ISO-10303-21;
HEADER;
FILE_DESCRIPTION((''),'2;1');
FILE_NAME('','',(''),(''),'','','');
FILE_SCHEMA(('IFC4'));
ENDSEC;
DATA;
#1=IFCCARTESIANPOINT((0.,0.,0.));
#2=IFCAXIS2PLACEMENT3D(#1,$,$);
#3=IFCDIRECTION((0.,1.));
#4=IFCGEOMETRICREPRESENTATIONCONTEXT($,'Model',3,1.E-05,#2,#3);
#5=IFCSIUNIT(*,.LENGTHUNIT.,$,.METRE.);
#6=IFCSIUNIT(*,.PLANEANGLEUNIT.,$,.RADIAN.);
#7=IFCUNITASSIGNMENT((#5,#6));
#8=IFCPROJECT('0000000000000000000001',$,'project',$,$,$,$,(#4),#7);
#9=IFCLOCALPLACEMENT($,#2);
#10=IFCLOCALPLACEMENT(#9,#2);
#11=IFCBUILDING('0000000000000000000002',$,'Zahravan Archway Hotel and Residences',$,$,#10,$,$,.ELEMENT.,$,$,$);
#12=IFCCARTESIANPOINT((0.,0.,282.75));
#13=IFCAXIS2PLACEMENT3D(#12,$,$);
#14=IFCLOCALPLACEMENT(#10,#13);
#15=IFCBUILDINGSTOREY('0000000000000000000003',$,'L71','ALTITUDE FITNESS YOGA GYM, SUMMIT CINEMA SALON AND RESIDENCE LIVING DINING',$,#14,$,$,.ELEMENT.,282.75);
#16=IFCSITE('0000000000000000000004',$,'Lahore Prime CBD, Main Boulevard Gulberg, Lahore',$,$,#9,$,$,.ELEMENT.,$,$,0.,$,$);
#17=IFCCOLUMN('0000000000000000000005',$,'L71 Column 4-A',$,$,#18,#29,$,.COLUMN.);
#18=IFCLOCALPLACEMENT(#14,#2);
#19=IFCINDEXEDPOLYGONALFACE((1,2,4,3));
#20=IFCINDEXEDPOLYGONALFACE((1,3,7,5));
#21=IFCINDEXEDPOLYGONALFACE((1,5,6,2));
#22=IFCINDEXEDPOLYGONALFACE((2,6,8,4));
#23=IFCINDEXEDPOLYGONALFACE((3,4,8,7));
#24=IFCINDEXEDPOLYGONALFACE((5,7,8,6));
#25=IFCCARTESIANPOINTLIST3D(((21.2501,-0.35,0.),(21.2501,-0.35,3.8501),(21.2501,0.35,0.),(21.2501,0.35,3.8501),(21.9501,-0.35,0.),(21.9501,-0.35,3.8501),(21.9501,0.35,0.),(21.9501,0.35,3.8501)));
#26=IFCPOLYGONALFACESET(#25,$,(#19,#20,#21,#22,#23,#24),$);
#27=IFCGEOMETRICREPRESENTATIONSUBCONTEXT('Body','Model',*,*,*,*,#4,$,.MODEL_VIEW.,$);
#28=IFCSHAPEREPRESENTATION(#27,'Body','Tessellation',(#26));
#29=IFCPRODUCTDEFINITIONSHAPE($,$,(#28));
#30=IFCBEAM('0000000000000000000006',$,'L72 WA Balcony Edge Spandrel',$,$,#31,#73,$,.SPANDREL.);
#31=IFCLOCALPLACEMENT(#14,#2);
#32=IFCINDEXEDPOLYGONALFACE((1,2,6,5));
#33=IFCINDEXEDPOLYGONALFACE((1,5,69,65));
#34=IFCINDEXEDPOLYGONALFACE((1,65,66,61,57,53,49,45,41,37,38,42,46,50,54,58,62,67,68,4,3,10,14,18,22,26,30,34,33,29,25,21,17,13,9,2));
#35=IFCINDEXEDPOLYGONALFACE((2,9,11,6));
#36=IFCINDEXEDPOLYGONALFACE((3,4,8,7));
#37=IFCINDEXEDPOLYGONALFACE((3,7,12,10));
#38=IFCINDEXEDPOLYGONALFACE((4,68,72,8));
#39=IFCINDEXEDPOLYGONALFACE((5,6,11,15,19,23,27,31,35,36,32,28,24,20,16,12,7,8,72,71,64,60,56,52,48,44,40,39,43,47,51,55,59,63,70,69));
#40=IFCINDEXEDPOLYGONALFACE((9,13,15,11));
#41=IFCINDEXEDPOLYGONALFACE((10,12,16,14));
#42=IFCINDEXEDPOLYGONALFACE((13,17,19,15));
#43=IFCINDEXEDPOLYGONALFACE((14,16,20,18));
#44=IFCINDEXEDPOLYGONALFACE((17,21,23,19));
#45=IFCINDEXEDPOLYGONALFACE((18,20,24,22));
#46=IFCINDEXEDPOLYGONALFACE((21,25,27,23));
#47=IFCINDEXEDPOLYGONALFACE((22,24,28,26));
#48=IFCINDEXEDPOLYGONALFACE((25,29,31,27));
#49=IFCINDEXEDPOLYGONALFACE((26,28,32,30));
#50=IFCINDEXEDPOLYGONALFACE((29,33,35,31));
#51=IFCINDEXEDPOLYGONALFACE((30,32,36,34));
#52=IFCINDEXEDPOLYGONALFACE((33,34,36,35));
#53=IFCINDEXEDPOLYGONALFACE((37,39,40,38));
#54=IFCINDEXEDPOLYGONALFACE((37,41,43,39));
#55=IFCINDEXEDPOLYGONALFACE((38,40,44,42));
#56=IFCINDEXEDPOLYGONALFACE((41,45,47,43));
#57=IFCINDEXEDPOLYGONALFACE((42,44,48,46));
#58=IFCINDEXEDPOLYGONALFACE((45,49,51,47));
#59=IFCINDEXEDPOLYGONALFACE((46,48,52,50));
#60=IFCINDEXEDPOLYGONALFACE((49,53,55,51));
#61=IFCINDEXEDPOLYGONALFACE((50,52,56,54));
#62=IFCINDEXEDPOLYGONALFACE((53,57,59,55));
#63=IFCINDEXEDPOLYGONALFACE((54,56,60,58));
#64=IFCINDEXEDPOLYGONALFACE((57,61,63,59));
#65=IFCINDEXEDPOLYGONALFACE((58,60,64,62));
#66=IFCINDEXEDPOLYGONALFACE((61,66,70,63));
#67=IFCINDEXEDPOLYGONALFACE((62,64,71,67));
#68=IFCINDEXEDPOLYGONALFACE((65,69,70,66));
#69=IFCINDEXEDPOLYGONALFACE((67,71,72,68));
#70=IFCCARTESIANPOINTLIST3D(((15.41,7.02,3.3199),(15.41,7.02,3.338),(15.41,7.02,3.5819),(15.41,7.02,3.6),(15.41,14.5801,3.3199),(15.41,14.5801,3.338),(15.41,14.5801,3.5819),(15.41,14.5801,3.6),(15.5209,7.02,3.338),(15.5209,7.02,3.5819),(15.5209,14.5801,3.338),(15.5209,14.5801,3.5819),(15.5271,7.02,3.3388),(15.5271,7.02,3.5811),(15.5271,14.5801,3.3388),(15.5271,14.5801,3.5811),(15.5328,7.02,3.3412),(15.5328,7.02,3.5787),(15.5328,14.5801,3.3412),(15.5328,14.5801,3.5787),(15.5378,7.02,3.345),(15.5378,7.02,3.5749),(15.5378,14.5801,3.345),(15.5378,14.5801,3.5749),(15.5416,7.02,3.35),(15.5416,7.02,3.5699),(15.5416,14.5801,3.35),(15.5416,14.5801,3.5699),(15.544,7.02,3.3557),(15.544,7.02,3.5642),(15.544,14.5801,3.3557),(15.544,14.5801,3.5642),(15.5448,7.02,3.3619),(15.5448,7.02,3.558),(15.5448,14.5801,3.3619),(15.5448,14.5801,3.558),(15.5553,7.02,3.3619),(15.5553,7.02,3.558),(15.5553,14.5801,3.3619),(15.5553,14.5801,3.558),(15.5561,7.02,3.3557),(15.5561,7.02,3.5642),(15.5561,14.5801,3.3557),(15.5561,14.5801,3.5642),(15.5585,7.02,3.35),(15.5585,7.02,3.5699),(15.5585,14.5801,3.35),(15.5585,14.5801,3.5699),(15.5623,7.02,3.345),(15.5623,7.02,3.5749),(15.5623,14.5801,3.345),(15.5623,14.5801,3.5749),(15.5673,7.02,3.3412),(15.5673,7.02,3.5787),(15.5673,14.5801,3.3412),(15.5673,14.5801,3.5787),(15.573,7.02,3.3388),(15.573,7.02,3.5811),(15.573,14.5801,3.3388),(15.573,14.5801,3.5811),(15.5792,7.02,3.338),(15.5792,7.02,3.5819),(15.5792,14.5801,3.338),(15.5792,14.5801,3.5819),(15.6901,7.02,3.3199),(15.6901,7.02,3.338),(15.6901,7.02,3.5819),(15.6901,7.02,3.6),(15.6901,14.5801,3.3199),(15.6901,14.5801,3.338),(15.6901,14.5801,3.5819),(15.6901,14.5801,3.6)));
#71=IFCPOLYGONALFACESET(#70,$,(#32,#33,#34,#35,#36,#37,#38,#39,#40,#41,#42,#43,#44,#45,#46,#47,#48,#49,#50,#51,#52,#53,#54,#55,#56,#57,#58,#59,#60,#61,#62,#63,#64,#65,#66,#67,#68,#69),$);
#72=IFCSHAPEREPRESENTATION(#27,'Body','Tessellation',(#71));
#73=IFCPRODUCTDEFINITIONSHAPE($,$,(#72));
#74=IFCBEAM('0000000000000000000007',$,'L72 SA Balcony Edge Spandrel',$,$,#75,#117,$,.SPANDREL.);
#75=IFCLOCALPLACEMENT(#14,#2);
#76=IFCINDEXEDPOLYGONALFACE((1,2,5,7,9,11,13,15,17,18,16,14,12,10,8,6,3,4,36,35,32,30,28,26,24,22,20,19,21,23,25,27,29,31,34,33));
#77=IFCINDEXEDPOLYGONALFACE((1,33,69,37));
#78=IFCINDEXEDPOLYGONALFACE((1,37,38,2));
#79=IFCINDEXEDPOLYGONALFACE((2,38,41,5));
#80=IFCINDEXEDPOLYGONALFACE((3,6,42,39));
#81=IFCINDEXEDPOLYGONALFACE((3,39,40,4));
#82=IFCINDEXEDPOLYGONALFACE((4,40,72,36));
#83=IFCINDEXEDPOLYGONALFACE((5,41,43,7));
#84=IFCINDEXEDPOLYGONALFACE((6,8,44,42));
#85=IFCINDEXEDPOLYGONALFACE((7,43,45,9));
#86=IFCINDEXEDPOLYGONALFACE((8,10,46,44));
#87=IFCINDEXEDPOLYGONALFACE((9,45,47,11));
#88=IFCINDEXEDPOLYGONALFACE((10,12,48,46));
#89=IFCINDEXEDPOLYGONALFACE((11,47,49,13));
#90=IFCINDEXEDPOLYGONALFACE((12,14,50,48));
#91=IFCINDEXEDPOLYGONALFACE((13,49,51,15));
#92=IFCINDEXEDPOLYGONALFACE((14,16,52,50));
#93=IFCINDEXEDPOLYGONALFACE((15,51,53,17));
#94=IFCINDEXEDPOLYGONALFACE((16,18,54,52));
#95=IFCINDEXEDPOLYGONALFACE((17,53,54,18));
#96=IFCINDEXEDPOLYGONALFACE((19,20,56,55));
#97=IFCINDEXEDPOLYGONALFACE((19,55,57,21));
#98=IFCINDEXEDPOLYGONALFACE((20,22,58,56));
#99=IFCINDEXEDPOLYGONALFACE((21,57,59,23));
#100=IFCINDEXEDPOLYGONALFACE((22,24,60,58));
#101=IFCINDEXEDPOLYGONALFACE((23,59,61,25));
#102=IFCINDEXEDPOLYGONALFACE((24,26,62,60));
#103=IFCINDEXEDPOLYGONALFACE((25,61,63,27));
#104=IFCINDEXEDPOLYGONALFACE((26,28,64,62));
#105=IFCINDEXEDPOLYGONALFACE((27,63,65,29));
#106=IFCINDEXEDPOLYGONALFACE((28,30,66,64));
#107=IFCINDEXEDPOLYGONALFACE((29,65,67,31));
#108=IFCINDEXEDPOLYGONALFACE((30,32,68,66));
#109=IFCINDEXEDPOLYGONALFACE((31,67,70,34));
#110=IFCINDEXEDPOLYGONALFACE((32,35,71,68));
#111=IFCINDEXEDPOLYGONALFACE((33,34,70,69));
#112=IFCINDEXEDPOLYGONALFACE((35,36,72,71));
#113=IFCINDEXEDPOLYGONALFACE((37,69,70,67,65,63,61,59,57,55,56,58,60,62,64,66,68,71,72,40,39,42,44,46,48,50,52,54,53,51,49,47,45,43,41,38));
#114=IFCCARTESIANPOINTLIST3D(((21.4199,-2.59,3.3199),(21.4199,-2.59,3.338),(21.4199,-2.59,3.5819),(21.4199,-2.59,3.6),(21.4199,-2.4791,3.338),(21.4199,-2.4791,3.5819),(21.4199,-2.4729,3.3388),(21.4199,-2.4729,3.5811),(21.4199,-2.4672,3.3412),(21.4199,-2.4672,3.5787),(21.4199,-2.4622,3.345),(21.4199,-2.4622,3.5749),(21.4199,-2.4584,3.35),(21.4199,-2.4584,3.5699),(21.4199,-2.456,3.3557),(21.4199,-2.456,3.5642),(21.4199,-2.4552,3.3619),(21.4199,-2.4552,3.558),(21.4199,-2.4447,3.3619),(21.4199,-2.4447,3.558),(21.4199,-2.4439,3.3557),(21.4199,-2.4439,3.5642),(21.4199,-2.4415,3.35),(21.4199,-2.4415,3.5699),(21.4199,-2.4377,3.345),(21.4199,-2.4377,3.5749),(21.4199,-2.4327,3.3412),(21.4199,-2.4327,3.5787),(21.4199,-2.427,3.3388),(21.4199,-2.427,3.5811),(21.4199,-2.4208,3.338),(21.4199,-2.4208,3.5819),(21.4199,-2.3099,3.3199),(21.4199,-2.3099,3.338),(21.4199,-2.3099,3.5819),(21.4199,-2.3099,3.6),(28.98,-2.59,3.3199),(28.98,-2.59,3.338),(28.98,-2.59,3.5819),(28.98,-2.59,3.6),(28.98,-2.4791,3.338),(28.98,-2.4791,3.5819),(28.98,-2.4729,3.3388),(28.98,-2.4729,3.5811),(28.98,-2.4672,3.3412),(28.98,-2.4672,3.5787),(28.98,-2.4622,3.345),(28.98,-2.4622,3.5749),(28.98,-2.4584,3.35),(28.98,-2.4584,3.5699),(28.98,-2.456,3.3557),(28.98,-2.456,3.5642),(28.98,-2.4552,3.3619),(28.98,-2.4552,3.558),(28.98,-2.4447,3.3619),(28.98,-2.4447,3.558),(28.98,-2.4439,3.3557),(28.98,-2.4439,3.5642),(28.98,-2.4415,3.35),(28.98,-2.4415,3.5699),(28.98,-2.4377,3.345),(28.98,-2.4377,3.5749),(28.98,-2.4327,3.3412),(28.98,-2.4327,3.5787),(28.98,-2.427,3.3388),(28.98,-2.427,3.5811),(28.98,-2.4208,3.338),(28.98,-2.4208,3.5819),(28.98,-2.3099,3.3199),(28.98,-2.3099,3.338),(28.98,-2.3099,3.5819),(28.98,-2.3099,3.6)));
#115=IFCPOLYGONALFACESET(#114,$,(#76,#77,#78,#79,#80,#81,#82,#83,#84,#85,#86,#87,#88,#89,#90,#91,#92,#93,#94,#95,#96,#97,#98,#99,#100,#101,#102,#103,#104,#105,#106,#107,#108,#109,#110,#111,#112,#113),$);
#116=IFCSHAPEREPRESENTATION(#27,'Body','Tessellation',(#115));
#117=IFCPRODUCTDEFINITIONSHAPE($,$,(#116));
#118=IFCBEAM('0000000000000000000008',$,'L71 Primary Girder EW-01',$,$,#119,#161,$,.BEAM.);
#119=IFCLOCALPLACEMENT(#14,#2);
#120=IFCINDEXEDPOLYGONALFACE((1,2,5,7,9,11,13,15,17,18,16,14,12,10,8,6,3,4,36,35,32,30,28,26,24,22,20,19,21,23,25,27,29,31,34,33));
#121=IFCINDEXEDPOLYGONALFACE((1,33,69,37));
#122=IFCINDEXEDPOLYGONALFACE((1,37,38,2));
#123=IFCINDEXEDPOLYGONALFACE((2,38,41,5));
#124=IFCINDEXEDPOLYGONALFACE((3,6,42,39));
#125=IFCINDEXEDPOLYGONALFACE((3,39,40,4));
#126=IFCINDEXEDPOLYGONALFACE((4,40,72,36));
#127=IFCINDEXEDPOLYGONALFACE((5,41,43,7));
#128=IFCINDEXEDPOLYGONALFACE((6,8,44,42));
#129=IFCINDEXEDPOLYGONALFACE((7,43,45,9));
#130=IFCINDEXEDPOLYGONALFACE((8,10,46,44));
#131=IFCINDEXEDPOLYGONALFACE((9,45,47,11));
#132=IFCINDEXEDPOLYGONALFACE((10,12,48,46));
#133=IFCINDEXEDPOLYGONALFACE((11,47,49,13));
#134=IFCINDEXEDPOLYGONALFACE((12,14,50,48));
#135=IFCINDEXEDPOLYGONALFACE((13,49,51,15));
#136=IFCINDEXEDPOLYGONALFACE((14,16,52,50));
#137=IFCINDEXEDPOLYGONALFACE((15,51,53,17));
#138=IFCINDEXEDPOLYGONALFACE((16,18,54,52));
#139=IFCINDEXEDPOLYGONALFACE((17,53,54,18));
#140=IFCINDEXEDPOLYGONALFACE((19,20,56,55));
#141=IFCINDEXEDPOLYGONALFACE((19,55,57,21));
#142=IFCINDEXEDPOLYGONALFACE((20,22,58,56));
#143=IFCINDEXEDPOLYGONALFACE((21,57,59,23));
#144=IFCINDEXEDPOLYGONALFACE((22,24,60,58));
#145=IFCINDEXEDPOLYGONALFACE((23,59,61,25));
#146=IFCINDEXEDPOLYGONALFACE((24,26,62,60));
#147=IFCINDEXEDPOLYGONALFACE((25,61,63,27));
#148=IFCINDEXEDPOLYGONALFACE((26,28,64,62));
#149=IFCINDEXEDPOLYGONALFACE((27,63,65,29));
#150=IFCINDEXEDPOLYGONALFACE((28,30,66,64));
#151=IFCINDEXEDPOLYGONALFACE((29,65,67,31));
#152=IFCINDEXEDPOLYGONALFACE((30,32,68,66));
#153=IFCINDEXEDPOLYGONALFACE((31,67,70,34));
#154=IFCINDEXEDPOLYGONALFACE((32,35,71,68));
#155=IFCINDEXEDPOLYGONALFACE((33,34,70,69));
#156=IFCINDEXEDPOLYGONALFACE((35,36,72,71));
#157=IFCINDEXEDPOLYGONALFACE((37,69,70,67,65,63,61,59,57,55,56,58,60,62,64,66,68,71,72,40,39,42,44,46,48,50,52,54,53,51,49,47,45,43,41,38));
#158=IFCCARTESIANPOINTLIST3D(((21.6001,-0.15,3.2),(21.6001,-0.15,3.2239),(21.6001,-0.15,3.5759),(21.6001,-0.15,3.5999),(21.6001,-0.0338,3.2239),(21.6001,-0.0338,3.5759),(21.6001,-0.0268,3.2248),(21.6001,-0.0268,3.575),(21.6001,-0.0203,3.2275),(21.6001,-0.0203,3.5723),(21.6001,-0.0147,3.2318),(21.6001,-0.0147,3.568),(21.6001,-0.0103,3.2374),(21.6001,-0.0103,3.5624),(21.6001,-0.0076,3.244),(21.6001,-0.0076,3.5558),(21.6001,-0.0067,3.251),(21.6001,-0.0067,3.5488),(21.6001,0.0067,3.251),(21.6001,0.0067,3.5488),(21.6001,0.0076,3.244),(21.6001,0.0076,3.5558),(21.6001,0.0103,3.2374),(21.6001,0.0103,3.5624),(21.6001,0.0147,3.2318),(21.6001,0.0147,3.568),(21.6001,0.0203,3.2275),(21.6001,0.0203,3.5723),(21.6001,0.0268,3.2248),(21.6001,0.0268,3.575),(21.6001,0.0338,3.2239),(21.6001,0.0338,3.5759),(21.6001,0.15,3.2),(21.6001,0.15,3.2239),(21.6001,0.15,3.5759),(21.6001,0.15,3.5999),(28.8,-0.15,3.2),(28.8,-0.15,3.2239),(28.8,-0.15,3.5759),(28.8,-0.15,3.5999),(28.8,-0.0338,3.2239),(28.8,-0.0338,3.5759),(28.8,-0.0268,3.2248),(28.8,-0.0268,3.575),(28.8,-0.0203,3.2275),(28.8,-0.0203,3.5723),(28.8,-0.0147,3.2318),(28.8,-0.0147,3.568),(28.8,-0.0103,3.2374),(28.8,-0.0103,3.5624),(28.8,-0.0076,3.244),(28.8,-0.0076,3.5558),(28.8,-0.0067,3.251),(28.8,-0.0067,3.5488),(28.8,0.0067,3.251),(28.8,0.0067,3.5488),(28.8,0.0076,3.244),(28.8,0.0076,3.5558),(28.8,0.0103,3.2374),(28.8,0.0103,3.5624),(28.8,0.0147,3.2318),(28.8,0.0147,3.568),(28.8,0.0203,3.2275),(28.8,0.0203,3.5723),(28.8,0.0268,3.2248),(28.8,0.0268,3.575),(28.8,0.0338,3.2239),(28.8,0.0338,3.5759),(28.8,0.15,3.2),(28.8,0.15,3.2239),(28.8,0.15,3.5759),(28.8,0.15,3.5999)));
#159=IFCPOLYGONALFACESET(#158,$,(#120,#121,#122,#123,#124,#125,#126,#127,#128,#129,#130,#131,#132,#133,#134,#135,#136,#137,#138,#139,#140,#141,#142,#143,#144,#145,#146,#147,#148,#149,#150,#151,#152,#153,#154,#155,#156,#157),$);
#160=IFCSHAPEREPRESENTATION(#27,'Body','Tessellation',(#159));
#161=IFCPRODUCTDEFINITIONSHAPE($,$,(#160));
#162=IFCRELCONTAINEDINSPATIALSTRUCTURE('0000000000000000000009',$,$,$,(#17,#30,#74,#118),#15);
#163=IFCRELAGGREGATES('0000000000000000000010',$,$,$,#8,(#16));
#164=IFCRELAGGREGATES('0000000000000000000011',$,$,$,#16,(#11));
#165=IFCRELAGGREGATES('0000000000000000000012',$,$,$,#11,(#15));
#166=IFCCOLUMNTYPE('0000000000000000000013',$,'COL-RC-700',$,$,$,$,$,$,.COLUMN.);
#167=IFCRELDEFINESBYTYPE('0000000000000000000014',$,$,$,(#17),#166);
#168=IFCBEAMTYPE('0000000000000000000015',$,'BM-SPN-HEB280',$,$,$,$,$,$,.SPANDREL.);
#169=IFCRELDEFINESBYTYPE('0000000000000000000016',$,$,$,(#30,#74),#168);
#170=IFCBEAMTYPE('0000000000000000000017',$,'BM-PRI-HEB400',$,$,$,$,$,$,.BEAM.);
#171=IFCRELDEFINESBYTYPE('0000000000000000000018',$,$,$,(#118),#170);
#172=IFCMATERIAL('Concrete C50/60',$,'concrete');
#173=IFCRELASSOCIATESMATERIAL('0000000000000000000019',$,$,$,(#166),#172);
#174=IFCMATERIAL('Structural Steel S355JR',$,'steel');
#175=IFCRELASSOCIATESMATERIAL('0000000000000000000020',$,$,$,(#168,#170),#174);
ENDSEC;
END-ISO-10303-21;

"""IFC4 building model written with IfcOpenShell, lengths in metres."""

from ifc_helpers import new_model, si_unit, direction, frame, origin, origin_2d, place, context, subcontext, project, spatial, rectangle, i_section, extrude, source, transform, mapped, material, material_profile, profile_set, type_object, type_shapes, element, save


model = new_model("IFC4")

# Units and contexts
model_context = context("Model", 3, precision=1e-05, world=origin(), true_north=direction((0.0, 1.0)))
body_context = subcontext(model_context, "Body", "Model", "MODEL_VIEW")
ifc_project = project(units=[si_unit("LENGTHUNIT", "METRE"), si_unit("PLANEANGLEUNIT", "RADIAN")], contexts=[model_context])

# Site, building, storey
site_placement = place(None, origin())
site = spatial("IfcSite", under=ifc_project, at=site_placement, Name="Lahore Prime CBD, Main Boulevard Gulberg, Lahore", CompositionType="ELEMENT", RefElevation=0.0)
building_placement = place(site_placement, origin())
building = spatial("IfcBuilding", under=site, at=building_placement, Name="Zahravan Archway Hotel and Residences", CompositionType="ELEMENT")
storey_placement = place(building_placement, frame((0.0, 0.0, 282.75)))
storey = spatial("IfcBuildingStorey", under=building, at=storey_placement, Name="L71", Description="ALTITUDE FITNESS YOGA GYM, SUMMIT CINEMA SALON AND RESIDENCE LIVING DINING", CompositionType="ELEMENT", Elevation=282.75)

# Column
ifc_material_1 = material(Name="Concrete C50/60", Category="concrete")
ifc_material_profile_1 = material_profile(ifc_material_1, rectangle(XDim=0.7, YDim=0.7, at=origin_2d()), Name="RC-COL-700x700", Category="concrete")
ifc_profile_set_1 = profile_set([ifc_material_profile_1], Name="Concrete C50/60")
column_type = type_object("IfcColumnType", Name="COL-RC-700", PredefinedType="COLUMN", material=ifc_profile_set_1)
shared_shape_1 = source(origin(), body_context, "Body", "SweptSolid", [
    extrude(rectangle(XDim=0.7, YDim=0.7, at=origin_2d()), origin(), (0.0, 0.0, 1.0), 3.8501),
])
column_placement = place(storey_placement, frame((21.6001, 0.0, 0.0), z_axis=(0.0, 0.0, 1.0), x_axis=(1.0, 0.0, 0.0)))
element("IfcColumn", 1, at=column_placement, inside=storey, type_object=column_type, Name="L71 Column 4-A", PredefinedType="COLUMN", context=body_context, shape_type="MappedRepresentation", body=[
    mapped(shared_shape_1, transform((0.0, 0.0, 0.0), scale=1.0)),
])

# Beams
ifc_material_2 = material(Name="Structural Steel S355JR", Category="steel")
ifc_material_profile_2 = material_profile(ifc_material_2, i_section(OverallWidth=0.28, OverallDepth=0.28, WebThickness=0.0105, FlangeThickness=0.0181, FilletRadius=0.0239, at=origin_2d()), Name="HEB 280", Category="steel")
ifc_profile_set_2 = profile_set([ifc_material_profile_2], Name="Structural Steel S355JR")
beam_type_1 = type_object("IfcBeamType", Name="BM-SPN-HEB280", PredefinedType="SPANDREL", material=ifc_profile_set_2)
shared_shape_2 = source(origin(), body_context, "Body", "SweptSolid", [
    extrude(i_section(OverallWidth=0.28, OverallDepth=0.28, WebThickness=0.0105, FlangeThickness=0.0181, FilletRadius=0.0239, at=origin_2d()), origin(), (0.0, 0.0, 1.0), 7.5601),
])
type_shapes(beam_type_1, [shared_shape_2])
for number, where, z_axis, x_axis, name in (
    (2, (15.55, 7.02, 3.46), (0.0, 1.0, 0.0), (-1.0, 0.0, 0.0), "L72 WA Balcony Edge Spandrel"),
    (3, (21.4199, -2.45, 3.46), (1.0, 0.0, 0.0), (0.0, 1.0, 0.0), "L72 SA Balcony Edge Spandrel"),
):
    element("IfcBeam", number, at=place(storey_placement, frame(where, z_axis=z_axis, x_axis=x_axis)), inside=storey, type_object=beam_type_1, Name=name, PredefinedType="SPANDREL", context=body_context, shape_type="MappedRepresentation", body=[
        mapped(shared_shape_2, transform((0.0, 0.0, 0.0), scale=1.0)),
    ])
ifc_material_profile_3 = material_profile(ifc_material_2, i_section(OverallWidth=0.3, OverallDepth=0.3999, WebThickness=0.0134, FlangeThickness=0.0239, FilletRadius=0.0271, at=origin_2d()), Name="HEB 400", Category="steel")
ifc_profile_set_3 = profile_set([ifc_material_profile_3], Name="Structural Steel S355JR")
beam_type_2 = type_object("IfcBeamType", Name="BM-PRI-HEB400", PredefinedType="BEAM", material=ifc_profile_set_3)
shared_shape_3 = source(origin(), body_context, "Body", "SweptSolid", [
    extrude(i_section(OverallWidth=0.3, OverallDepth=0.3999, WebThickness=0.0134, FlangeThickness=0.0239, FilletRadius=0.0271, at=origin_2d()), origin(), (0.0, 0.0, 1.0), 7.2),
])
type_shapes(beam_type_2, [shared_shape_3])
beam_1_placement = place(storey_placement, frame((21.6001, 0.0, 3.3999), z_axis=(1.0, 0.0, 0.0), x_axis=(0.0, 1.0, 0.0)))
element("IfcBeam", 4, at=beam_1_placement, inside=storey, type_object=beam_type_2, Name="L71 Primary Girder EW-01", PredefinedType="BEAM", context=body_context, shape_type="MappedRepresentation", body=[
    mapped(shared_shape_3, transform((0.0, 0.0, 0.0), scale=1.0)),
])

save(model, "model.ifc")
